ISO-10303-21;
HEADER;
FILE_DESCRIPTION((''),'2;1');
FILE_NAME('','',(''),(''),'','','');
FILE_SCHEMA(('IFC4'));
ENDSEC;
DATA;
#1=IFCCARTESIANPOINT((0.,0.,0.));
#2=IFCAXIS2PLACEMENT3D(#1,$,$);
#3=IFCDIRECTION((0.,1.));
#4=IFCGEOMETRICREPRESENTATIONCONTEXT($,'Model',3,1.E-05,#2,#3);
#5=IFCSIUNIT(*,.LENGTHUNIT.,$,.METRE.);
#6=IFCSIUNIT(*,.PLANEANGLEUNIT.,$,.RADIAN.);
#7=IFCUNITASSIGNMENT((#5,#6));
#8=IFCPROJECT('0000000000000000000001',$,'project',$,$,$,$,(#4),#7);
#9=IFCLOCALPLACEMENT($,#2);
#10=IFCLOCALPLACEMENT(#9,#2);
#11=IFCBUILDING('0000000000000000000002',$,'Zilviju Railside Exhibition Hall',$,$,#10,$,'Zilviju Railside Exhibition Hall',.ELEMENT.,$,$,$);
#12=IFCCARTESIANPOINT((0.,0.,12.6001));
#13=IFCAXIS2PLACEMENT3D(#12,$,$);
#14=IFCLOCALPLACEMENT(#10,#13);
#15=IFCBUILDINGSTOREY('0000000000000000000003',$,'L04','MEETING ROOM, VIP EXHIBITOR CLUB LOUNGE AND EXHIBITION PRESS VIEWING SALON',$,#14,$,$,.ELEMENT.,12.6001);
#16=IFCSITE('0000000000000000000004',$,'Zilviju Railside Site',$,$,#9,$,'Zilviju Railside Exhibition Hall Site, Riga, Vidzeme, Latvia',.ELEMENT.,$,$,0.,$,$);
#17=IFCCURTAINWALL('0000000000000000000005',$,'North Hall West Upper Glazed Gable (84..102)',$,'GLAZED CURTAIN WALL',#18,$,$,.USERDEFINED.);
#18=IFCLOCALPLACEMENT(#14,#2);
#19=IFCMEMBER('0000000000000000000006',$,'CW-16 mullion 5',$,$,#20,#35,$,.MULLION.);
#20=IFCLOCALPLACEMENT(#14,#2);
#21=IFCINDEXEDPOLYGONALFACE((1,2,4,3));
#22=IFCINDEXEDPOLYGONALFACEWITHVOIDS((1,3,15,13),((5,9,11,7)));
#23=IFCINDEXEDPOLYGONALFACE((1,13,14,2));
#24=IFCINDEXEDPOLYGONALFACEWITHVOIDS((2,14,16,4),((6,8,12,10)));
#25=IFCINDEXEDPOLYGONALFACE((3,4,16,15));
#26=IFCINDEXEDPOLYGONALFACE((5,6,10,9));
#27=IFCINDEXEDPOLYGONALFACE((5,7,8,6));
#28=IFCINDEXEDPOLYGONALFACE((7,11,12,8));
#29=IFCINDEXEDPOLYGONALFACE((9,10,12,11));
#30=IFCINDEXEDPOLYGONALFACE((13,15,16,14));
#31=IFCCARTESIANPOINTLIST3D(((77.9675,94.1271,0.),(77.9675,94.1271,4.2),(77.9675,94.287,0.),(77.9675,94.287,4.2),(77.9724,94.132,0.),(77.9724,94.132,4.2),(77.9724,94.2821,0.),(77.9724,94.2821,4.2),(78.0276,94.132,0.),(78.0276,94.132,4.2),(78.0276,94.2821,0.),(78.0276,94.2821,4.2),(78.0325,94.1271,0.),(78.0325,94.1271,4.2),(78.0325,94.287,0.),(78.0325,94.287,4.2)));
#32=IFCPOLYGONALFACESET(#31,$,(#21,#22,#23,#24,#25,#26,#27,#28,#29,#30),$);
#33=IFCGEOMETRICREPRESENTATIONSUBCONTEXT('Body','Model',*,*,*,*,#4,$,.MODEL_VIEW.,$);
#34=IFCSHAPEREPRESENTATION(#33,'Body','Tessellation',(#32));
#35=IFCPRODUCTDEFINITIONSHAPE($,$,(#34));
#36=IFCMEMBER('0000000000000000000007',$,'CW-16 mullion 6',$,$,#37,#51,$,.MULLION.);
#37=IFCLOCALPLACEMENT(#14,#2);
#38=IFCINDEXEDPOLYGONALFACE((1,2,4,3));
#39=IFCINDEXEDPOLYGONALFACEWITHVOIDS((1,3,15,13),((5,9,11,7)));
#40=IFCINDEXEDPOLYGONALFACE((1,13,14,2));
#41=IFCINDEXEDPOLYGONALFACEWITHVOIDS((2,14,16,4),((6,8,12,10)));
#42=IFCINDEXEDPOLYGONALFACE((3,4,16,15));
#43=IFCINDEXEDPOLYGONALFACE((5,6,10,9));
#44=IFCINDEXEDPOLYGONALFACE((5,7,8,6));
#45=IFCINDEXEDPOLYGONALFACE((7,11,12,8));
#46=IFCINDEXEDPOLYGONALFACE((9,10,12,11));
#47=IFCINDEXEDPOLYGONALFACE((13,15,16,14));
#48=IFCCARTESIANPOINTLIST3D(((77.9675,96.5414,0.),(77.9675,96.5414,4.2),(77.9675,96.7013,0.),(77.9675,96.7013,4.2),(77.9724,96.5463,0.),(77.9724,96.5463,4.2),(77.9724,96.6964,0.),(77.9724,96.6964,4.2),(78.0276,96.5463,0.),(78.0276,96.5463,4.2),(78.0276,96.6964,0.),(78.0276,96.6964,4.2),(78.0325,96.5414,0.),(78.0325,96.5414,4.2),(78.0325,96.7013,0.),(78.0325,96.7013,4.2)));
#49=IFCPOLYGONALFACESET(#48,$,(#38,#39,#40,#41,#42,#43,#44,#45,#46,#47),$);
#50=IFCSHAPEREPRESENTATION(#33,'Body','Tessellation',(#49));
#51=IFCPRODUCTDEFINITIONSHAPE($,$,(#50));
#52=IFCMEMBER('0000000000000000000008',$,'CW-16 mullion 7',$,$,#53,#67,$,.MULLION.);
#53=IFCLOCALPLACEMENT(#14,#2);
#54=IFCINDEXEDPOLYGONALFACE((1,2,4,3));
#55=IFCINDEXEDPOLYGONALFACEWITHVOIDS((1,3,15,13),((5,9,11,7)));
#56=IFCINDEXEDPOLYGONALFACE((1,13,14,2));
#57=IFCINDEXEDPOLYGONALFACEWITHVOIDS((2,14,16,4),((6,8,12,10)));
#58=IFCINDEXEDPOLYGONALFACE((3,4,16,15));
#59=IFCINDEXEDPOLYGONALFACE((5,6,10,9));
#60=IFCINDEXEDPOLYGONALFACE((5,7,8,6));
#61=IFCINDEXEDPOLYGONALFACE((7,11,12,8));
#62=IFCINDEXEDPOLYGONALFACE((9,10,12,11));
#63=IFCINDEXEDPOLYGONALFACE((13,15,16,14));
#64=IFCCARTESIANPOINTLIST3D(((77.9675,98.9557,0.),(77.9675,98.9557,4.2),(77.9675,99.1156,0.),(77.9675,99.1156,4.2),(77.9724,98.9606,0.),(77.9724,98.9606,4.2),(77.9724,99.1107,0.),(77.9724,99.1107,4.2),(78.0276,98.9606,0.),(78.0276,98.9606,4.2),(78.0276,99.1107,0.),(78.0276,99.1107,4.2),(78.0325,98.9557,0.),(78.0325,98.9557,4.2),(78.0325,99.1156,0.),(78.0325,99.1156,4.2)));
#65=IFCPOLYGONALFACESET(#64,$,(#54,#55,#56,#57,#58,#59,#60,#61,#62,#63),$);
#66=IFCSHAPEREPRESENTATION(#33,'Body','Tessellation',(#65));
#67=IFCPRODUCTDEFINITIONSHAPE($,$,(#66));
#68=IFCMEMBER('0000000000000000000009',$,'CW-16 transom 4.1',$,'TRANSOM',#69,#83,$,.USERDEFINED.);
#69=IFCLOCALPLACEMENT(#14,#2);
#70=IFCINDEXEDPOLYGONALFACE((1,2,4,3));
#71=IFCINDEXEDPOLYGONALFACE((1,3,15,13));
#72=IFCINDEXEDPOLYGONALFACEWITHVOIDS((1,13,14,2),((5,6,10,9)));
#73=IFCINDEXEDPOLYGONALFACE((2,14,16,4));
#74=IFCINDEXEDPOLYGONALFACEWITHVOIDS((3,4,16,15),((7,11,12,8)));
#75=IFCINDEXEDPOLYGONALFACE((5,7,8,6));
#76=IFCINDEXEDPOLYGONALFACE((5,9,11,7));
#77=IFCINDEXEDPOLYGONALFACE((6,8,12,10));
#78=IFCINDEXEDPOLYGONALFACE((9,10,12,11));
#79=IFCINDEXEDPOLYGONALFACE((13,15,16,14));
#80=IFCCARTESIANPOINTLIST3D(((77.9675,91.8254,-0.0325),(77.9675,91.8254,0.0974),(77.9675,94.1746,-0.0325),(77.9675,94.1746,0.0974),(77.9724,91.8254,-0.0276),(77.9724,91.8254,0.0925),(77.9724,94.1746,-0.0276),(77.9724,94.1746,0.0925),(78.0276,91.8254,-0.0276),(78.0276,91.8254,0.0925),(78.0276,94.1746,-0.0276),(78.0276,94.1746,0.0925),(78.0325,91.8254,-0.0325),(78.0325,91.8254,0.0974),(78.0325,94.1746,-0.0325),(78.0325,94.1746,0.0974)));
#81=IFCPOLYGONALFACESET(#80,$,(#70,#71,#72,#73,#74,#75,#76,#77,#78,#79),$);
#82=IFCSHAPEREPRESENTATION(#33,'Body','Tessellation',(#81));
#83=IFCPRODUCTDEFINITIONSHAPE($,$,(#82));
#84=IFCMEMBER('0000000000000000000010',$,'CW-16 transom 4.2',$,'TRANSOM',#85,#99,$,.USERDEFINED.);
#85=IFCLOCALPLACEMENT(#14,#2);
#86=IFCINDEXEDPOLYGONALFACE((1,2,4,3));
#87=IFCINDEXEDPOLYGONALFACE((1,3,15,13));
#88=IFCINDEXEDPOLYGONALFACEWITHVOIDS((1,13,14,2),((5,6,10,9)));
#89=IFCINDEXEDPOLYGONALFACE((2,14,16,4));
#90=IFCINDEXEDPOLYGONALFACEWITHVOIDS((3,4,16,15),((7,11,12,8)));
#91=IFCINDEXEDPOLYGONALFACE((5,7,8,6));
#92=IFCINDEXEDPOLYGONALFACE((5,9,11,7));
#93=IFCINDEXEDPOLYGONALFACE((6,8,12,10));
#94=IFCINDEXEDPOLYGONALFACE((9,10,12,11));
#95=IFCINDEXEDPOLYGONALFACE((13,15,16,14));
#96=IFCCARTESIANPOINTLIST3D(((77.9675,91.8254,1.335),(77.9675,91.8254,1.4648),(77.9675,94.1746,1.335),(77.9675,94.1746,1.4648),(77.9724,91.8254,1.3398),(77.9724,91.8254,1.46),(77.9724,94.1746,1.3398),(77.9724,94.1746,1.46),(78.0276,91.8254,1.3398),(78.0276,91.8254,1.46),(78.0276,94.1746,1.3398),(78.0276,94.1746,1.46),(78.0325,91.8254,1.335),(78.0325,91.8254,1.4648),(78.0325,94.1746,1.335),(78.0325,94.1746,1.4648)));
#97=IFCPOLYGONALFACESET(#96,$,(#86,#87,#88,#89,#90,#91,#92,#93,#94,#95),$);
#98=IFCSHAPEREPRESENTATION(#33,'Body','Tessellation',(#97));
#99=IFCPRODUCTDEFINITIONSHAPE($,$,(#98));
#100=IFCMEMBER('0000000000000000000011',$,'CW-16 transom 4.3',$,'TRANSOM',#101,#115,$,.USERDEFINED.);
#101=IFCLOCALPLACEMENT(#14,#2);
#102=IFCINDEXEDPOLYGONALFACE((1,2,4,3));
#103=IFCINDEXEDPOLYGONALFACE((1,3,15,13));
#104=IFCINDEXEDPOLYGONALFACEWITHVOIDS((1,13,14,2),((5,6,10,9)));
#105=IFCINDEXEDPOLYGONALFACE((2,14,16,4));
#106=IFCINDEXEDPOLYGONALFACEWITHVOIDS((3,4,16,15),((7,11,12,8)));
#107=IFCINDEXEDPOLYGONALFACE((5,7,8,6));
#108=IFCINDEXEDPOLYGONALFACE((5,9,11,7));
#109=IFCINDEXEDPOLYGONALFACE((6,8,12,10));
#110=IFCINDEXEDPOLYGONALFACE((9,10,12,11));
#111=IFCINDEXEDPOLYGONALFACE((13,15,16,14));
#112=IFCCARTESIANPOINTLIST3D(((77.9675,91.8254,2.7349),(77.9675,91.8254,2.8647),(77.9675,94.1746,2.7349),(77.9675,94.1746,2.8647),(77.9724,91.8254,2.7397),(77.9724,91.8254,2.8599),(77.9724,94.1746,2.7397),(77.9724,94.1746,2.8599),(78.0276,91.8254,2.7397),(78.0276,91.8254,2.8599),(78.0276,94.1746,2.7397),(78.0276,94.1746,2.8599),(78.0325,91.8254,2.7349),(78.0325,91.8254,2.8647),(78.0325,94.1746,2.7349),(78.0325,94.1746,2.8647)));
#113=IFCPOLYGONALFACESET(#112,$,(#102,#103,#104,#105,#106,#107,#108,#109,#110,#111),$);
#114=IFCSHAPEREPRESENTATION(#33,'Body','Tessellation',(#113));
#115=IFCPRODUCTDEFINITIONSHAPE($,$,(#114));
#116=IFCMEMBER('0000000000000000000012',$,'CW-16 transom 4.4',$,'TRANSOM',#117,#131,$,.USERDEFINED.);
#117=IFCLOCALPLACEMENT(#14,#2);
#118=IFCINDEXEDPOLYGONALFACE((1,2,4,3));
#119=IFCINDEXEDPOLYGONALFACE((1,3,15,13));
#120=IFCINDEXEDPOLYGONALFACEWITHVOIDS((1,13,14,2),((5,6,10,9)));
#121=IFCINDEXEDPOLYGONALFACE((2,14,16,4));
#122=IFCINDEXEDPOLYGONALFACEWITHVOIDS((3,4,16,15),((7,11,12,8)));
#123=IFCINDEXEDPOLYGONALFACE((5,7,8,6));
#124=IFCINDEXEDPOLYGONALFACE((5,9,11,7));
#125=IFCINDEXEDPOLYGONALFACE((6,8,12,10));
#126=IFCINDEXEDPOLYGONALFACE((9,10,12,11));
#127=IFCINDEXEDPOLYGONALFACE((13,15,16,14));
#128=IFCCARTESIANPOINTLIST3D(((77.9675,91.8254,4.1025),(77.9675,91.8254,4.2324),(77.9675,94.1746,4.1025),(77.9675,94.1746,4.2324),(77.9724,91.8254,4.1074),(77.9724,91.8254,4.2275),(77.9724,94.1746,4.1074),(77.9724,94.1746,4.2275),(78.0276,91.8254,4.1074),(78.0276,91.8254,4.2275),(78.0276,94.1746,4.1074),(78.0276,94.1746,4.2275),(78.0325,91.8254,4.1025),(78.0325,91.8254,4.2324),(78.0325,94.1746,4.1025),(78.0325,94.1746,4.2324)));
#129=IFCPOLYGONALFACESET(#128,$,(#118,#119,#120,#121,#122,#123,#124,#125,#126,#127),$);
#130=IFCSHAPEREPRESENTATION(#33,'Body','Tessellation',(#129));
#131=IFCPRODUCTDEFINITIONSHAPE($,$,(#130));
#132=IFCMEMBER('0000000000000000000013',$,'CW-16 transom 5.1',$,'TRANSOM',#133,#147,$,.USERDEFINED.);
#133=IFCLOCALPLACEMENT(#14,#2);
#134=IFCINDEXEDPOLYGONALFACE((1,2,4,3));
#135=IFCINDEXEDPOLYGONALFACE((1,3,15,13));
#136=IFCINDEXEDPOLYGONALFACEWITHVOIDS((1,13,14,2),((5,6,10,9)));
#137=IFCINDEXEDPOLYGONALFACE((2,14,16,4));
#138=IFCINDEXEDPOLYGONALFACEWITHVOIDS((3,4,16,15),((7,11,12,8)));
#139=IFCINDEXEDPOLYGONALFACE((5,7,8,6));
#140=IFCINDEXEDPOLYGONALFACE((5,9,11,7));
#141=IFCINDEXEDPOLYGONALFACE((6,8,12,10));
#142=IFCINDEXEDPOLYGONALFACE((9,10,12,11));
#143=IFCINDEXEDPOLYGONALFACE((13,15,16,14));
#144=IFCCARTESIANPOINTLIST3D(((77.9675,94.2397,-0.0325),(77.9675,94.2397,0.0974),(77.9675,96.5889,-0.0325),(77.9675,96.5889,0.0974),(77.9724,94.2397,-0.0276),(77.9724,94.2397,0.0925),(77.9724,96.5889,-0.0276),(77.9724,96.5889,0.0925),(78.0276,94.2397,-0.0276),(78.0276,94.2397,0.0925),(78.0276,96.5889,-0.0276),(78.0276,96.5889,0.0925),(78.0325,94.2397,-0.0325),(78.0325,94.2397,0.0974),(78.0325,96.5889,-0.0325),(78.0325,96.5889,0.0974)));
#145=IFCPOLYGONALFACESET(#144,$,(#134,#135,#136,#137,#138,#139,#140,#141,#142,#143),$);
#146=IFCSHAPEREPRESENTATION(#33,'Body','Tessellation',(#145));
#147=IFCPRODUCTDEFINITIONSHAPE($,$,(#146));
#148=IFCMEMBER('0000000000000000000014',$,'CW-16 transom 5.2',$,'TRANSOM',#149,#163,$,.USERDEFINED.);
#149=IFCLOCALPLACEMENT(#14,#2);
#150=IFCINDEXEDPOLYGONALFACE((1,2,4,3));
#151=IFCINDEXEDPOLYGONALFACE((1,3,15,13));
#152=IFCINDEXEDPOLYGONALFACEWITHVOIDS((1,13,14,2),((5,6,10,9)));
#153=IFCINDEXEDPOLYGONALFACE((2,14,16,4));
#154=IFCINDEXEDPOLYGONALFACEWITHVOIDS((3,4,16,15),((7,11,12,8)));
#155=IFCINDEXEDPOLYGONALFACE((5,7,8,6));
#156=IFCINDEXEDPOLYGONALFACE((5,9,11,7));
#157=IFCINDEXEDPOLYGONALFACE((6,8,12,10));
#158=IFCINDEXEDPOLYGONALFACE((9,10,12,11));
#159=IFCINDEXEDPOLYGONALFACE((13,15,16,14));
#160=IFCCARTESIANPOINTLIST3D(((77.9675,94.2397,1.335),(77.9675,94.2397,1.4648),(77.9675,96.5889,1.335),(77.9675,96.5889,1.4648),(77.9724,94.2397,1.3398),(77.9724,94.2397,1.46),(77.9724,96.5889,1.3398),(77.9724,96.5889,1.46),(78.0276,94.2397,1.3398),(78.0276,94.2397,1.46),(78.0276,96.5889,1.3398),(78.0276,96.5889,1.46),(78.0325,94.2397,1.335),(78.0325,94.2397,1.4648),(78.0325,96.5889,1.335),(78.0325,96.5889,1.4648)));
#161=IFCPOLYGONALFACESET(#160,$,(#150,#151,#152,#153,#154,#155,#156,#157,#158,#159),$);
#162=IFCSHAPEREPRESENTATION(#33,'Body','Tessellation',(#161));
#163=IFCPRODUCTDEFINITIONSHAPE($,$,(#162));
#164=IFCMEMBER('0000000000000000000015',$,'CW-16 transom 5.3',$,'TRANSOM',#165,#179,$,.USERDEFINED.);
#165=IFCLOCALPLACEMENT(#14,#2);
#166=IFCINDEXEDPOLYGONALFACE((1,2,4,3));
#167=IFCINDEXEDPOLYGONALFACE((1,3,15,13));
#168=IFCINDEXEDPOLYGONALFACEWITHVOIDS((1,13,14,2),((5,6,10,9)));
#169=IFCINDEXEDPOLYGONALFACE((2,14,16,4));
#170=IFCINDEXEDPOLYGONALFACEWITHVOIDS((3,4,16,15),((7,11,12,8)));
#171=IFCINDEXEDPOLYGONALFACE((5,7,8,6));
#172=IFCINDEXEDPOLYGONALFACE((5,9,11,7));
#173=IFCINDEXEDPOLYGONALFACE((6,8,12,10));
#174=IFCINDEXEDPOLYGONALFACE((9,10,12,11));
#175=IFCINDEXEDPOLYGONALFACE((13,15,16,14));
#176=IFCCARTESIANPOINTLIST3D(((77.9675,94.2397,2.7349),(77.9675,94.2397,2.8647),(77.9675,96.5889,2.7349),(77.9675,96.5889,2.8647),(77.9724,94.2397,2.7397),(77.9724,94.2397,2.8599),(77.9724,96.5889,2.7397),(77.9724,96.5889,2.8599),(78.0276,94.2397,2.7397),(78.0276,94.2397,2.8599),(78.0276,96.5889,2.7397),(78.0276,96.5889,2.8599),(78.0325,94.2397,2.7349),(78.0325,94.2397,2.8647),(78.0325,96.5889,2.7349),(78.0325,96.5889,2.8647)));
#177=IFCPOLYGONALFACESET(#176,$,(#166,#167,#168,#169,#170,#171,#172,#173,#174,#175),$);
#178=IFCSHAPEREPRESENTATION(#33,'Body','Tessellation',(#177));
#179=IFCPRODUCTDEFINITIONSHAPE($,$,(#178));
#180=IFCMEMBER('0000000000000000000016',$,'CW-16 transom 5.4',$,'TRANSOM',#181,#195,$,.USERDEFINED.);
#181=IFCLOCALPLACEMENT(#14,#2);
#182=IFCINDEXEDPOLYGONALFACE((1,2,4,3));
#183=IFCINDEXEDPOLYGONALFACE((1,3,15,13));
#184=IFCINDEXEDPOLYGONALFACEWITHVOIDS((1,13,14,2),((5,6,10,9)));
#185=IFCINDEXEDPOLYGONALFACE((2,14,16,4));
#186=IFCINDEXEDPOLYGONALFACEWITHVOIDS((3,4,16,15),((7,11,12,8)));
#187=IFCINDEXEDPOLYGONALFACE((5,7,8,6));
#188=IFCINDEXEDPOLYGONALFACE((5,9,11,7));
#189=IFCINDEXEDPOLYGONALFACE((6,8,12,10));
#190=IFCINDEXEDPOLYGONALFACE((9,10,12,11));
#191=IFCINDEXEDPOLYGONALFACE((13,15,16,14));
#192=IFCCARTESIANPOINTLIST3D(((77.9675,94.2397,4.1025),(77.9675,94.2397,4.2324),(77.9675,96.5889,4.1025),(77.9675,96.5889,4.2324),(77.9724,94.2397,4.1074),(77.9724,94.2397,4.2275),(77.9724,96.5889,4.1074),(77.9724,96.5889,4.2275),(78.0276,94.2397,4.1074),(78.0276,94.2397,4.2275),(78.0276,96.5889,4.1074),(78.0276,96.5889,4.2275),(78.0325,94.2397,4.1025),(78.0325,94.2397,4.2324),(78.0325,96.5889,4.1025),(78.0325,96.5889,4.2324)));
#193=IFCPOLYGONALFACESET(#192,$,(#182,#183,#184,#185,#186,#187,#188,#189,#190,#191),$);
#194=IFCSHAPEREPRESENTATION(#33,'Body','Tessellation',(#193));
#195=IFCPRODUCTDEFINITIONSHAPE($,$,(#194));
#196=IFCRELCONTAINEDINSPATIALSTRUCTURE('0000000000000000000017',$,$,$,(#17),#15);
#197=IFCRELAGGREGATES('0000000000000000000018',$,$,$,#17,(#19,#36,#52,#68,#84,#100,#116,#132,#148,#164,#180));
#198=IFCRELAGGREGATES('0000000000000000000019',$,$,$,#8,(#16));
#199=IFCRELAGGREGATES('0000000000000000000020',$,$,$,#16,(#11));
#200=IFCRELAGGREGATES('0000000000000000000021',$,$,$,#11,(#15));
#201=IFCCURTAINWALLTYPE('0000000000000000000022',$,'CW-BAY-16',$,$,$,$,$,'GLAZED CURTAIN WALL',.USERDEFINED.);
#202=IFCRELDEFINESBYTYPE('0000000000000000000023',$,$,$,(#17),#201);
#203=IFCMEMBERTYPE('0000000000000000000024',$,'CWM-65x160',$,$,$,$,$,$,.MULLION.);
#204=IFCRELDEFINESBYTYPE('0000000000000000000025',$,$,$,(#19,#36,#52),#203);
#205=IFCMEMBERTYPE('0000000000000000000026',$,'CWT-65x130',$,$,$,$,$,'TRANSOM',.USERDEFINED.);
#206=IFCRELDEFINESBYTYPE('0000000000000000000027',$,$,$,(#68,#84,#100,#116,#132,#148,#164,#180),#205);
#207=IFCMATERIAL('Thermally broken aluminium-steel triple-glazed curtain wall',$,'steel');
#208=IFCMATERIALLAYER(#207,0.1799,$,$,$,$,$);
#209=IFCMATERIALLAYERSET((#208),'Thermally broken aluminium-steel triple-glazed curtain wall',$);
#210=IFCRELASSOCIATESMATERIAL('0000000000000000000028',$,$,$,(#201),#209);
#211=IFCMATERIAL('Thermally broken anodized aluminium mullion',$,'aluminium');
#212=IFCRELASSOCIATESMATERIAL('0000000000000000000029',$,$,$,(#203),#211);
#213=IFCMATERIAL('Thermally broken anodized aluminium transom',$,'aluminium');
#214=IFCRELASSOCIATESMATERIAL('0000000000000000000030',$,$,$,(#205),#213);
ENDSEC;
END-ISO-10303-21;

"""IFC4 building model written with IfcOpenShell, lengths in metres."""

from ifc_helpers import new_model, si_unit, direction, frame, origin, origin_2d, place, context, subcontext, project, spatial, hollow_rectangle, extrude, material, layer, layer_set, material_profile, profile_set, type_object, element, aggregate, save


model = new_model("IFC4")

# Units and contexts
model_context = context("Model", 3, precision=1e-05, world=origin(), true_north=direction((0.0, 1.0)))
body_context = subcontext(model_context, "Body", "Model", "MODEL_VIEW")
ifc_project = project(units=[si_unit("LENGTHUNIT", "METRE"), si_unit("PLANEANGLEUNIT", "RADIAN")], contexts=[model_context])

# Site, building, storey
site_placement = place(None, origin())
site = spatial("IfcSite", under=ifc_project, at=site_placement, Name="Zilviju Railside Site", LongName="Zilviju Railside Exhibition Hall Site, Riga, Vidzeme, Latvia", CompositionType="ELEMENT", RefElevation=0.0)
building_placement = place(site_placement, origin())
building = spatial("IfcBuilding", under=site, at=building_placement, Name="Zilviju Railside Exhibition Hall", LongName="Zilviju Railside Exhibition Hall", CompositionType="ELEMENT")
storey_placement = place(building_placement, frame((0.0, 0.0, 12.6001)))
storey = spatial("IfcBuildingStorey", under=building, at=storey_placement, Name="L04", Description="MEETING ROOM, VIP EXHIBITOR CLUB LOUNGE AND EXHIBITION PRESS VIEWING SALON", CompositionType="ELEMENT", Elevation=12.6001)

# Curtain wall, members
ifc_material_1 = material(Name="Thermally broken aluminium-steel triple-glazed curtain wall", Category="steel")
ifc_layer_1 = layer(ifc_material_1, 0.1799)
ifc_layer_set_1 = layer_set([ifc_layer_1], Name="Thermally broken aluminium-steel triple-glazed curtain wall")
curtain_wall_type = type_object("IfcCurtainWallType", Name="CW-BAY-16", ElementType="GLAZED CURTAIN WALL", PredefinedType="USERDEFINED", material=ifc_layer_set_1)
curtain_wall_placement = place(storey_placement, origin())
curtain_wall = element("IfcCurtainWall", 1, at=curtain_wall_placement, inside=storey, type_object=curtain_wall_type, Name="North Hall West Upper Glazed Gable (84..102)", ObjectType="GLAZED CURTAIN WALL", PredefinedType="USERDEFINED")
ifc_material_2 = material(Name="Thermally broken anodized aluminium mullion", Category="aluminium")
ifc_material_profile_1 = material_profile(ifc_material_2, hollow_rectangle(XDim=0.0649, YDim=0.1599, WallThickness=0.0049, at=origin_2d()), Name="MULLION 160x65x5")
ifc_profile_set_1 = profile_set([ifc_material_profile_1], Name="Thermally broken anodized aluminium mullion")
member_type_1 = type_object("IfcMemberType", Name="CWM-65x160", PredefinedType="MULLION", material=ifc_profile_set_1)
member_1_placement = place(storey_placement, frame((78.0, 94.207, 0.0), z_axis=(0.0, 0.0, 1.0), x_axis=(-1.0, 0.0, 0.0)))
member_1 = element("IfcMember", 2, at=member_1_placement, type_object=member_type_1, Name="CW-16 mullion 5", PredefinedType="MULLION", context=body_context, shape_type="SweptSolid", body=[
    extrude(hollow_rectangle(XDim=0.0649, YDim=0.1599, WallThickness=0.0049, at=origin_2d()), origin(), (0.0, 0.0, 1.0), 4.2),
])
member_2_placement = place(storey_placement, frame((78.0, 96.6213, 0.0), z_axis=(0.0, 0.0, 1.0), x_axis=(-1.0, 0.0, 0.0)))
member_2 = element("IfcMember", 3, at=member_2_placement, type_object=member_type_1, Name="CW-16 mullion 6", PredefinedType="MULLION", context=body_context, shape_type="SweptSolid", body=[
    extrude(hollow_rectangle(XDim=0.0649, YDim=0.1599, WallThickness=0.0049, at=origin_2d()), origin(), (0.0, 0.0, 1.0), 4.2),
])
member_3_placement = place(storey_placement, frame((78.0, 99.0356, 0.0), z_axis=(0.0, 0.0, 1.0), x_axis=(-1.0, 0.0, 0.0)))
member_3 = element("IfcMember", 4, at=member_3_placement, type_object=member_type_1, Name="CW-16 mullion 7", PredefinedType="MULLION", context=body_context, shape_type="SweptSolid", body=[
    extrude(hollow_rectangle(XDim=0.0649, YDim=0.1599, WallThickness=0.0049, at=origin_2d()), origin(), (0.0, 0.0, 1.0), 4.2),
])
ifc_material_3 = material(Name="Thermally broken anodized aluminium transom", Category="aluminium")
ifc_material_profile_2 = material_profile(ifc_material_3, hollow_rectangle(XDim=0.0649, YDim=0.1299, WallThickness=0.0049, at=origin_2d()), Name="TRANSOM 130x65x5")
ifc_profile_set_2 = profile_set([ifc_material_profile_2], Name="Thermally broken anodized aluminium transom")
member_type_2 = type_object("IfcMemberType", Name="CWT-65x130", ElementType="TRANSOM", PredefinedType="USERDEFINED", material=ifc_profile_set_2)
member_4_placement = place(storey_placement, frame((78.0, 91.8254, 0.0325), z_axis=(0.0, 1.0, 0.0), x_axis=(-1.0, 0.0, 0.0)))
member_4 = element("IfcMember", 5, at=member_4_placement, type_object=member_type_2, Name="CW-16 transom 4.1", ObjectType="TRANSOM", PredefinedType="USERDEFINED", context=body_context, shape_type="SweptSolid", body=[
    extrude(hollow_rectangle(XDim=0.0649, YDim=0.1299, WallThickness=0.0049, at=origin_2d()), origin(), (0.0, 0.0, 1.0), 2.3491),
])
member_5_placement = place(storey_placement, frame((78.0, 91.8254, 1.3999), z_axis=(0.0, 1.0, 0.0), x_axis=(-1.0, 0.0, 0.0)))
member_5 = element("IfcMember", 6, at=member_5_placement, type_object=member_type_2, Name="CW-16 transom 4.2", ObjectType="TRANSOM", PredefinedType="USERDEFINED", context=body_context, shape_type="SweptSolid", body=[
    extrude(hollow_rectangle(XDim=0.0649, YDim=0.1299, WallThickness=0.0049, at=origin_2d()), origin(), (0.0, 0.0, 1.0), 2.3491),
])
member_6_placement = place(storey_placement, frame((78.0, 91.8254, 2.7998), z_axis=(0.0, 1.0, 0.0), x_axis=(-1.0, 0.0, 0.0)))
member_6 = element("IfcMember", 7, at=member_6_placement, type_object=member_type_2, Name="CW-16 transom 4.3", ObjectType="TRANSOM", PredefinedType="USERDEFINED", context=body_context, shape_type="SweptSolid", body=[
    extrude(hollow_rectangle(XDim=0.0649, YDim=0.1299, WallThickness=0.0049, at=origin_2d()), origin(), (0.0, 0.0, 1.0), 2.3491),
])
member_7_placement = place(storey_placement, frame((78.0, 91.8254, 4.1675), z_axis=(0.0, 1.0, 0.0), x_axis=(-1.0, 0.0, 0.0)))
member_7 = element("IfcMember", 8, at=member_7_placement, type_object=member_type_2, Name="CW-16 transom 4.4", ObjectType="TRANSOM", PredefinedType="USERDEFINED", context=body_context, shape_type="SweptSolid", body=[
    extrude(hollow_rectangle(XDim=0.0649, YDim=0.1299, WallThickness=0.0049, at=origin_2d()), origin(), (0.0, 0.0, 1.0), 2.3491),
])
member_8_placement = place(storey_placement, frame((78.0, 94.2397, 0.0325), z_axis=(0.0, 1.0, 0.0), x_axis=(-1.0, 0.0, 0.0)))
member_8 = element("IfcMember", 9, at=member_8_placement, type_object=member_type_2, Name="CW-16 transom 5.1", ObjectType="TRANSOM", PredefinedType="USERDEFINED", context=body_context, shape_type="SweptSolid", body=[
    extrude(hollow_rectangle(XDim=0.0649, YDim=0.1299, WallThickness=0.0049, at=origin_2d()), origin(), (0.0, 0.0, 1.0), 2.3491),
])
member_9_placement = place(storey_placement, frame((78.0, 94.2397, 1.3999), z_axis=(0.0, 1.0, 0.0), x_axis=(-1.0, 0.0, 0.0)))
member_9 = element("IfcMember", 10, at=member_9_placement, type_object=member_type_2, Name="CW-16 transom 5.2", ObjectType="TRANSOM", PredefinedType="USERDEFINED", context=body_context, shape_type="SweptSolid", body=[
    extrude(hollow_rectangle(XDim=0.0649, YDim=0.1299, WallThickness=0.0049, at=origin_2d()), origin(), (0.0, 0.0, 1.0), 2.3491),
])
member_10_placement = place(storey_placement, frame((78.0, 94.2397, 2.7998), z_axis=(0.0, 1.0, 0.0), x_axis=(-1.0, 0.0, 0.0)))
member_10 = element("IfcMember", 11, at=member_10_placement, type_object=member_type_2, Name="CW-16 transom 5.3", ObjectType="TRANSOM", PredefinedType="USERDEFINED", context=body_context, shape_type="SweptSolid", body=[
    extrude(hollow_rectangle(XDim=0.0649, YDim=0.1299, WallThickness=0.0049, at=origin_2d()), origin(), (0.0, 0.0, 1.0), 2.3491),
])
member_11_placement = place(storey_placement, frame((78.0, 94.2397, 4.1675), z_axis=(0.0, 1.0, 0.0), x_axis=(-1.0, 0.0, 0.0)))
member_11 = element("IfcMember", 12, at=member_11_placement, type_object=member_type_2, Name="CW-16 transom 5.4", ObjectType="TRANSOM", PredefinedType="USERDEFINED", context=body_context, shape_type="SweptSolid", body=[
    extrude(hollow_rectangle(XDim=0.0649, YDim=0.1299, WallThickness=0.0049, at=origin_2d()), origin(), (0.0, 0.0, 1.0), 2.3491),
])
aggregate(curtain_wall, [member_1, member_2, member_3, member_4, member_5, member_6, member_7, member_8, member_9, member_10, member_11])

save(model, "model.ifc")
